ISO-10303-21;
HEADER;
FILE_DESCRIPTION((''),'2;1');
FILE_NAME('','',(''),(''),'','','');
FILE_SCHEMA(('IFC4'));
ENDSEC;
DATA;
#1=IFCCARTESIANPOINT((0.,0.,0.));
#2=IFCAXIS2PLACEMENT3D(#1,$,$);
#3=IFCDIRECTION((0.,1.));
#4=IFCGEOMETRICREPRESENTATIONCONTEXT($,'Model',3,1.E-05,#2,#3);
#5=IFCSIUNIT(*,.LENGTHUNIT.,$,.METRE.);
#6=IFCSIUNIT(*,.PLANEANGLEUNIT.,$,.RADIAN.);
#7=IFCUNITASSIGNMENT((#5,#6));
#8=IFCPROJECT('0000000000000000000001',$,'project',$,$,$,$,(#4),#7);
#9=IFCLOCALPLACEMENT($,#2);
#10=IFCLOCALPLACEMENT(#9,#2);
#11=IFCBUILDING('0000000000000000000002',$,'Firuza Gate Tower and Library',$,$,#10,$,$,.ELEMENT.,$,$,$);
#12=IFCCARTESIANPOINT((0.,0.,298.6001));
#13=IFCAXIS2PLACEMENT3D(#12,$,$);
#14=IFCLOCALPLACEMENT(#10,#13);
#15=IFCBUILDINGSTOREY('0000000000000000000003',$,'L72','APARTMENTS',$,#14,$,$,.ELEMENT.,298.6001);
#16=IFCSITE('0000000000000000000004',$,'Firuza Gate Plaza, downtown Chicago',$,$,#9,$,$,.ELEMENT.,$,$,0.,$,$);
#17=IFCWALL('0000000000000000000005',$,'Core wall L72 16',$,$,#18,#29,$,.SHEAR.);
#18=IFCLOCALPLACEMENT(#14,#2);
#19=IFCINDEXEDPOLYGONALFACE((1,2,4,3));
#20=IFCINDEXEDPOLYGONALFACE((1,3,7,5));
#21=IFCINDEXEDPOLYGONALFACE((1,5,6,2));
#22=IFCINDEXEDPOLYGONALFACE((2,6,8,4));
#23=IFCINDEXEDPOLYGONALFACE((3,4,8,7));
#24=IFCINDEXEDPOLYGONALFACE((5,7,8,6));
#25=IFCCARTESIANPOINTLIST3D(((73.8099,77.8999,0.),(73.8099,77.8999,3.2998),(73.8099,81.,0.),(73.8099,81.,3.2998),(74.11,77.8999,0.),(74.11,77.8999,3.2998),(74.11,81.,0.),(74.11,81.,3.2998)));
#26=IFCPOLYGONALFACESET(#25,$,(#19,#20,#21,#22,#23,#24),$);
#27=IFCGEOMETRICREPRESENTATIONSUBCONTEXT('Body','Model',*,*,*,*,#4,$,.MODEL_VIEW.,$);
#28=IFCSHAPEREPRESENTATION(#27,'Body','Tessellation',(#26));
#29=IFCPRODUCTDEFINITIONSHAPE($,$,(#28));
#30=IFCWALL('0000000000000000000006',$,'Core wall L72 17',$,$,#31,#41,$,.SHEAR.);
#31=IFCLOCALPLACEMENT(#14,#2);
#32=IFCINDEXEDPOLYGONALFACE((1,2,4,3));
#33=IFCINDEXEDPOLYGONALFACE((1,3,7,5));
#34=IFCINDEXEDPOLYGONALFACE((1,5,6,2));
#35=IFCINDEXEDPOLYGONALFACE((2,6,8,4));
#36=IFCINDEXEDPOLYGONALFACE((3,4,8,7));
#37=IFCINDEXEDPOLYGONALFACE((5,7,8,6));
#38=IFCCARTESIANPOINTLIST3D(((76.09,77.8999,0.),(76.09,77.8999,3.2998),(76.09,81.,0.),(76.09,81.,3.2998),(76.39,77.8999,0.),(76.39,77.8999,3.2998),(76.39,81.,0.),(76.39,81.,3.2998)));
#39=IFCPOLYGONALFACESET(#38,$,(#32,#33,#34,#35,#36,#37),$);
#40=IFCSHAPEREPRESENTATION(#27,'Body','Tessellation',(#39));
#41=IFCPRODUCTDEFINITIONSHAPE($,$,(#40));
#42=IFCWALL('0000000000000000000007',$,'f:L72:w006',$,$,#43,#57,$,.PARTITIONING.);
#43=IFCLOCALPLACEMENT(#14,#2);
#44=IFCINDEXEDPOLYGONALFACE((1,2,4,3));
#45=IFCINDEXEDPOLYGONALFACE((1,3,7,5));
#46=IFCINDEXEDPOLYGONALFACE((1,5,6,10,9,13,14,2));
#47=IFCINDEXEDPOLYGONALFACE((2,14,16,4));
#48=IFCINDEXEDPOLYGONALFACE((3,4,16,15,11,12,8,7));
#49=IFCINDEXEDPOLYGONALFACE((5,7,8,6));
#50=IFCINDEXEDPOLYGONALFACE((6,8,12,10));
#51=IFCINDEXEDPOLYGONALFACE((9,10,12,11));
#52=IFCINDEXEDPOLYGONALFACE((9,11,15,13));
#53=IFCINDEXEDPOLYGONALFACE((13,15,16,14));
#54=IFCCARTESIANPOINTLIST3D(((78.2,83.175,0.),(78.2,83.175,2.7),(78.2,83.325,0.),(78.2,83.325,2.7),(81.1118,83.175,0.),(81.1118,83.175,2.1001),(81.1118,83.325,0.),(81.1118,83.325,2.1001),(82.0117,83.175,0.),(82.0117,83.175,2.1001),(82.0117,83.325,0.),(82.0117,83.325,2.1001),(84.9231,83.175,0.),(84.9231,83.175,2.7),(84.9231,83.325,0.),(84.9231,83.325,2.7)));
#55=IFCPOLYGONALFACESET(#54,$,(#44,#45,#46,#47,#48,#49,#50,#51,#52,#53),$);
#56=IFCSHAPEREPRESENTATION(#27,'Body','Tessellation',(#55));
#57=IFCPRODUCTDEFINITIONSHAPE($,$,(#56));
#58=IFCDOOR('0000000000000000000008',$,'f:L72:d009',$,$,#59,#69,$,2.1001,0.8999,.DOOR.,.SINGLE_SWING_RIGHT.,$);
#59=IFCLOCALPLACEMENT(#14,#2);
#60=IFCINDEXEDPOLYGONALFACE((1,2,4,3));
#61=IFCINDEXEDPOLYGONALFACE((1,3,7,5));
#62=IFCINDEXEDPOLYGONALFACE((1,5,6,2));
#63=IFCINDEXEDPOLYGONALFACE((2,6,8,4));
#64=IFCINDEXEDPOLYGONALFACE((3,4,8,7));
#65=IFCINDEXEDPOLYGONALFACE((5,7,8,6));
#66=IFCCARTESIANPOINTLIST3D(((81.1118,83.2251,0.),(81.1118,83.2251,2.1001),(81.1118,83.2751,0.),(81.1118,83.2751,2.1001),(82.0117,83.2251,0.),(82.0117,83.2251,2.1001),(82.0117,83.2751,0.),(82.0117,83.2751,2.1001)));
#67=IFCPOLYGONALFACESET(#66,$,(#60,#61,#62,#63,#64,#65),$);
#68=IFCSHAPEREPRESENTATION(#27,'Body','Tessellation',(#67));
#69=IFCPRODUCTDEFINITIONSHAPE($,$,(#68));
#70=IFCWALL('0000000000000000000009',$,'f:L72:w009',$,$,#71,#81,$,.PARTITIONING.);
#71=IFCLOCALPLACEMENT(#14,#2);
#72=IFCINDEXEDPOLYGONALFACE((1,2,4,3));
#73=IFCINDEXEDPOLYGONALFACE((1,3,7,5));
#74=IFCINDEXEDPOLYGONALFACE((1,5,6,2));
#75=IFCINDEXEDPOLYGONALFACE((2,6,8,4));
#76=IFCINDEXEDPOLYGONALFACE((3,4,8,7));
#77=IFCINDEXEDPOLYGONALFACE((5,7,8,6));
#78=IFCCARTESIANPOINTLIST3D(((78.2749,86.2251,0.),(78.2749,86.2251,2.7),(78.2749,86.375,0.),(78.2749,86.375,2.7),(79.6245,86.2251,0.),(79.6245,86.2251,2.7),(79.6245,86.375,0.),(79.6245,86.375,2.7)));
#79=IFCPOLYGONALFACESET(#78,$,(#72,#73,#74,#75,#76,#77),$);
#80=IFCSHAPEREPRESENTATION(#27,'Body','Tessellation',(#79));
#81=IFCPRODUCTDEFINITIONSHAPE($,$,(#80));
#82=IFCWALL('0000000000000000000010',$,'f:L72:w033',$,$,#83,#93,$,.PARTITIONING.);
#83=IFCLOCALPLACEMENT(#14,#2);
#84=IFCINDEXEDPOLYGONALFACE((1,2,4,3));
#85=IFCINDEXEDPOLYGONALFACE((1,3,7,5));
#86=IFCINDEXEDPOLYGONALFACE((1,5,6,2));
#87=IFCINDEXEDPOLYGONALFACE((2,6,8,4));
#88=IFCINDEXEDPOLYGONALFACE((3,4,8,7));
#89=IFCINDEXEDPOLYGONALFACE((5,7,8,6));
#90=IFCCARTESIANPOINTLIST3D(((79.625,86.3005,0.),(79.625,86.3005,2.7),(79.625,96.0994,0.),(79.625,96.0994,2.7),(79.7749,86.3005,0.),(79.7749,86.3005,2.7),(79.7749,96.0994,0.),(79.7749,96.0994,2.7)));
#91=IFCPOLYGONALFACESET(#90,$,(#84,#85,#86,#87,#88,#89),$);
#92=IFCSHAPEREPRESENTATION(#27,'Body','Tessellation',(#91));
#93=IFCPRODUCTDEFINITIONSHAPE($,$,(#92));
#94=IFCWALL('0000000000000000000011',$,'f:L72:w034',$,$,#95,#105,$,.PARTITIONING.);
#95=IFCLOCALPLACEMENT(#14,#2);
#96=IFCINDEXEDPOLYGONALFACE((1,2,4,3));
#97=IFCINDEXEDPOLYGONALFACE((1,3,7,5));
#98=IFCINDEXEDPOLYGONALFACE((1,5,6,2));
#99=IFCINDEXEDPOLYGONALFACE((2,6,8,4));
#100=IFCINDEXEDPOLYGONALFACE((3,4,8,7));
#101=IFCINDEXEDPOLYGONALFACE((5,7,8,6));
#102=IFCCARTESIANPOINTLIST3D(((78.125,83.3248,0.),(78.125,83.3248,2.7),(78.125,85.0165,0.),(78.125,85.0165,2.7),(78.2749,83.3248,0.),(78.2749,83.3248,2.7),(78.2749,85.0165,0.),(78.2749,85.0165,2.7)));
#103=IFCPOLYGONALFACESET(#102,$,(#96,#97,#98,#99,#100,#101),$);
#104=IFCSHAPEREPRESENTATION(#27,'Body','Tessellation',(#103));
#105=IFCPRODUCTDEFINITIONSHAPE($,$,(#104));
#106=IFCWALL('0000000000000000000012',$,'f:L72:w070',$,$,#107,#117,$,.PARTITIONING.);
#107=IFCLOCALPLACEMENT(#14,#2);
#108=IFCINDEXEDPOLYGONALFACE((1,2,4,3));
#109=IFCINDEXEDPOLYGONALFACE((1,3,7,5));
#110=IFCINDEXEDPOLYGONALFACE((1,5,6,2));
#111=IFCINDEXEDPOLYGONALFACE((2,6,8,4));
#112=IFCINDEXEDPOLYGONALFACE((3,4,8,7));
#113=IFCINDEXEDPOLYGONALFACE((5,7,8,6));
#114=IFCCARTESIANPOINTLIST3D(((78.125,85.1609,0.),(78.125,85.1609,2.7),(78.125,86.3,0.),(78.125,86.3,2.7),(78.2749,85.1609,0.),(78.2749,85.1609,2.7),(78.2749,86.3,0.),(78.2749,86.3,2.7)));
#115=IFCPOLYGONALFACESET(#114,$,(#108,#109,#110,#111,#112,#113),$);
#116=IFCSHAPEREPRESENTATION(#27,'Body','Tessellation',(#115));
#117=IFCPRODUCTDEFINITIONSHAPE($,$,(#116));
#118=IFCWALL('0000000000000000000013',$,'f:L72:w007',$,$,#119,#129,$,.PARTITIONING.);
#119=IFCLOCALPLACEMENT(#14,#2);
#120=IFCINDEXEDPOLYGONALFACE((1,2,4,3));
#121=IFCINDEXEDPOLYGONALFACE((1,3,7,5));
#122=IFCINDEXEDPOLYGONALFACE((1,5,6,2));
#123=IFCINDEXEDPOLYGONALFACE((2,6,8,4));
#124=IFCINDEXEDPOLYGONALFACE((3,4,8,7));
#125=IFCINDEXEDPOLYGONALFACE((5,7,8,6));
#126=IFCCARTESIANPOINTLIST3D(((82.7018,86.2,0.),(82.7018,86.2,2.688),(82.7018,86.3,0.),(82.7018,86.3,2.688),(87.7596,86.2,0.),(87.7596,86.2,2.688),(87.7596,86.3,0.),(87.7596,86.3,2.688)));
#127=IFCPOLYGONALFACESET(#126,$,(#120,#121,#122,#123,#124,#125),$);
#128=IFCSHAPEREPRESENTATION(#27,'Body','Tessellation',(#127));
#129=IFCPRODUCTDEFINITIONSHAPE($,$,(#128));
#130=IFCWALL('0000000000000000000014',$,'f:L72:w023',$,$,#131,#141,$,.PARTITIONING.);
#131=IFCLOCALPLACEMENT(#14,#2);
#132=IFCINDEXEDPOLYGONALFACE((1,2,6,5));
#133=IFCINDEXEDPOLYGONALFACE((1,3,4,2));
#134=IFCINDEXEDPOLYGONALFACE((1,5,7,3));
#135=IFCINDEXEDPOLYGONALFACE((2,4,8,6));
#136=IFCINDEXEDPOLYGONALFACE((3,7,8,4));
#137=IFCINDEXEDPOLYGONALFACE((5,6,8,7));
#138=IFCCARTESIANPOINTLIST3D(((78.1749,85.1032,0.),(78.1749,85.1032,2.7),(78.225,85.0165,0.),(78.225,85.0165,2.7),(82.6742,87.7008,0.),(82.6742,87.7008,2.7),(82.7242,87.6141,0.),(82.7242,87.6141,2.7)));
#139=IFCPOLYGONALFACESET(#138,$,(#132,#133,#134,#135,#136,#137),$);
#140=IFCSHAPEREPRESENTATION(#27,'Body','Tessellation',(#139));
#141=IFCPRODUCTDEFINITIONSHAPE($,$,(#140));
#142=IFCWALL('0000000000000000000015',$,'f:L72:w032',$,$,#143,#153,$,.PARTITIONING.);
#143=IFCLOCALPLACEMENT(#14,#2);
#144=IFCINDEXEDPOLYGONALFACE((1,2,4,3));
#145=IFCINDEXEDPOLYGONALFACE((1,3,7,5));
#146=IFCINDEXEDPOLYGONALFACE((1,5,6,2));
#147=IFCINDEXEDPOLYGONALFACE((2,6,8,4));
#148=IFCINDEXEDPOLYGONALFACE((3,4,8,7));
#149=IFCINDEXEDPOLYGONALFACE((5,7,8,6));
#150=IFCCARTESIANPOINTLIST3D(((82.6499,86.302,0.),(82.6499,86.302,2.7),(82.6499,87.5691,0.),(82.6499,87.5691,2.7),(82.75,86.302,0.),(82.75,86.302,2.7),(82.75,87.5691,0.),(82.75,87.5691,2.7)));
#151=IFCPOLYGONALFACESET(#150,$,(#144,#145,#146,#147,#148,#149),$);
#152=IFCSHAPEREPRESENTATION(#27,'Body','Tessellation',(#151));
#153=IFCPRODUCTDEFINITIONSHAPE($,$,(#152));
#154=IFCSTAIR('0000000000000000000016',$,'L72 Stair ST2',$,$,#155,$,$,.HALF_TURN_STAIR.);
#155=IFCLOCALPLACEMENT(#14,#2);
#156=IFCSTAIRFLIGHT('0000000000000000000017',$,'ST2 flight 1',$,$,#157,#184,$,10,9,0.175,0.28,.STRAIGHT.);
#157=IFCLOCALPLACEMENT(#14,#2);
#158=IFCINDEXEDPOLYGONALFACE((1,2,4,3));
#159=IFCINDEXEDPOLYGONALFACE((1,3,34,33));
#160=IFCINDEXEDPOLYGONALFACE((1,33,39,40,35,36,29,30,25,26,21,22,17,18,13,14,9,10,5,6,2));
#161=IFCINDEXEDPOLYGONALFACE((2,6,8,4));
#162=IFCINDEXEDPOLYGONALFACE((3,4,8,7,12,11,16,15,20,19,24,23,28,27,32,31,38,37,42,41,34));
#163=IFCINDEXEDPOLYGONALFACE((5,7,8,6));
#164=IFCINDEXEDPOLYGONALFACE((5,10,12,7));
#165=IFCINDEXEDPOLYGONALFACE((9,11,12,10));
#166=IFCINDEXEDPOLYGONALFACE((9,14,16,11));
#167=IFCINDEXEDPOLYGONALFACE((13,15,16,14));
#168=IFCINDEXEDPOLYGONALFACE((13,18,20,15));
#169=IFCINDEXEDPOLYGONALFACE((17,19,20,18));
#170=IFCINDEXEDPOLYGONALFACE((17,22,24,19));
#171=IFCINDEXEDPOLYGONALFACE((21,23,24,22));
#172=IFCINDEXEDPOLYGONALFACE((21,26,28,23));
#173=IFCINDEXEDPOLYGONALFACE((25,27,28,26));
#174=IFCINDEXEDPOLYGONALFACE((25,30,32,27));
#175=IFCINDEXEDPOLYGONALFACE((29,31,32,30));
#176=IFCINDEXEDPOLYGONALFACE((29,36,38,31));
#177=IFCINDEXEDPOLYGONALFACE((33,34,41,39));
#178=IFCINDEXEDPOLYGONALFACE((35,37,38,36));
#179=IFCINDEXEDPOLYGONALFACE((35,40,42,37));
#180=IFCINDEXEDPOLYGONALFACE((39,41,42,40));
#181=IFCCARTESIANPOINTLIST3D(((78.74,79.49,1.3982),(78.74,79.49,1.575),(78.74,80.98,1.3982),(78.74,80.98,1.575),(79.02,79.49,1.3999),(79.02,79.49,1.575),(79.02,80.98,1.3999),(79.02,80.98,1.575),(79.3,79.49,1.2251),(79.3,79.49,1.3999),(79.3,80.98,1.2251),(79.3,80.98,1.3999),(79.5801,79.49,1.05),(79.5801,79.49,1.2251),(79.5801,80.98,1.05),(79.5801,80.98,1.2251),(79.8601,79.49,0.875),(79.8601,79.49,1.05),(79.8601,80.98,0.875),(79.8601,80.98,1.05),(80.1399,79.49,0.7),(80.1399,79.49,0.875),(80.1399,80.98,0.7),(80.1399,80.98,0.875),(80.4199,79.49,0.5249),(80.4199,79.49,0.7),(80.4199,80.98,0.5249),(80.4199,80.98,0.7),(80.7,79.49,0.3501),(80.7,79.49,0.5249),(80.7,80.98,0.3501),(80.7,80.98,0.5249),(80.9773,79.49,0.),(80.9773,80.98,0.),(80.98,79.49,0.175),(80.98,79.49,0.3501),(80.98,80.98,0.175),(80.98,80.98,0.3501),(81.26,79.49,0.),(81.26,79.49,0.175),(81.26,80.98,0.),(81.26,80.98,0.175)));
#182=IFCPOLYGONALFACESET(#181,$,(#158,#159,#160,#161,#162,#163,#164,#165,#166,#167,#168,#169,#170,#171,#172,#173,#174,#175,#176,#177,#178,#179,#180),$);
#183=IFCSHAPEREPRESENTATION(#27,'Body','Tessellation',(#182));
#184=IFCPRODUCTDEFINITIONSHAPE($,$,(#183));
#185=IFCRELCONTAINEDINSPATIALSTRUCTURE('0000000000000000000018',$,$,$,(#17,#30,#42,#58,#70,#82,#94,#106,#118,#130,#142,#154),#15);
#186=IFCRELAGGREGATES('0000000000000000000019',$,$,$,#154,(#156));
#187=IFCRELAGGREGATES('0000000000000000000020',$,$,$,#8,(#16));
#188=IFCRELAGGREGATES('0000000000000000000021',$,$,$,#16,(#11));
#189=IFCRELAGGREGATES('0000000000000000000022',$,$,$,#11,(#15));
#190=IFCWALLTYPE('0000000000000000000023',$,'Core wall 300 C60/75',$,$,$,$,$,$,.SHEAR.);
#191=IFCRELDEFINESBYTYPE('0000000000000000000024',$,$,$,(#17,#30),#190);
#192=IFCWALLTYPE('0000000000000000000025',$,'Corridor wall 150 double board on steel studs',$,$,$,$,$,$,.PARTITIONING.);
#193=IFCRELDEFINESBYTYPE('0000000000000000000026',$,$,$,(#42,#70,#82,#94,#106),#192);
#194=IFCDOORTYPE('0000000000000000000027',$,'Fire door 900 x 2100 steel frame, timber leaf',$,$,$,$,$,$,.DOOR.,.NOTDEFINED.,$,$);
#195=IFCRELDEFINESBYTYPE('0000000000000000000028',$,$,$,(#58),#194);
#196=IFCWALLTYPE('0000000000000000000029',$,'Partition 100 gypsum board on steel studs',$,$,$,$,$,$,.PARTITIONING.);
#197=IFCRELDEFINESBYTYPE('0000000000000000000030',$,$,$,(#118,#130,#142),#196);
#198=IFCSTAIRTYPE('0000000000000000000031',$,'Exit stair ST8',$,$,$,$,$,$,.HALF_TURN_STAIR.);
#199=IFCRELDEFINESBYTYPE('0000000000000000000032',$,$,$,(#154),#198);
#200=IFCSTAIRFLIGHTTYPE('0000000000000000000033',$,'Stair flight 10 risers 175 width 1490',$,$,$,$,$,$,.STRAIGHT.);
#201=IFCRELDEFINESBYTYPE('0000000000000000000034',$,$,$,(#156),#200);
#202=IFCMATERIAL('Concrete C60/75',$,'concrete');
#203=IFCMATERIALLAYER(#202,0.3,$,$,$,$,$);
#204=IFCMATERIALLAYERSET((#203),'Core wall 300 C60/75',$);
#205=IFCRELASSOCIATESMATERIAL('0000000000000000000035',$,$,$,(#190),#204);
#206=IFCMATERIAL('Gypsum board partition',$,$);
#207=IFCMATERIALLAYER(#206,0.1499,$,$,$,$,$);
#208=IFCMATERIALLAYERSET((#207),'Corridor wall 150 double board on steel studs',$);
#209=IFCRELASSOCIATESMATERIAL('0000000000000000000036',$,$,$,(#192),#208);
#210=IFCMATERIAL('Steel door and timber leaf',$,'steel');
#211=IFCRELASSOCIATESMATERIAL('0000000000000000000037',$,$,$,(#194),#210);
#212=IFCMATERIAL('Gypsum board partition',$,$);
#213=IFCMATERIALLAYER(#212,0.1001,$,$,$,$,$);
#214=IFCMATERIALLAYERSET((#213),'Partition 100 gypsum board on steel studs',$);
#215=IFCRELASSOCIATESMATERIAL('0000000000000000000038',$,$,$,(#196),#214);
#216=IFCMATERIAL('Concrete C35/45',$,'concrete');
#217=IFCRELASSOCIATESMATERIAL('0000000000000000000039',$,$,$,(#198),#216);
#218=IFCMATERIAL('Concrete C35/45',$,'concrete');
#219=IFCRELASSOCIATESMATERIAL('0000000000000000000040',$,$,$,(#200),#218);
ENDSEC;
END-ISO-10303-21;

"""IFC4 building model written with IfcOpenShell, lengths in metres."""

from ifc_helpers import new_model, si_unit, direction, frame, frame_2d, origin, place, context, subcontext, project, spatial, polyline, rectangle, outline, extrude, material, layer, layer_set, type_object, element, fill, aggregate, save


model = new_model("IFC4")

# Units and contexts
model_context = context("Model", 3, precision=1e-05, world=origin(), true_north=direction((0.0, 1.0)))
body_context = subcontext(model_context, "Body", "Model", "MODEL_VIEW")
ifc_project = project(units=[si_unit("LENGTHUNIT", "METRE"), si_unit("PLANEANGLEUNIT", "RADIAN")], contexts=[model_context])

# Site, building, storey
site_placement = place(None, origin())
site = spatial("IfcSite", under=ifc_project, at=site_placement, Name="Firuza Gate Plaza, downtown Chicago", CompositionType="ELEMENT", RefElevation=0.0)
building_placement = place(site_placement, origin())
building = spatial("IfcBuilding", under=site, at=building_placement, Name="Firuza Gate Tower and Library", CompositionType="ELEMENT")
storey_placement = place(building_placement, frame((0.0, 0.0, 298.6001)))
storey = spatial("IfcBuildingStorey", under=building, at=storey_placement, Name="L72", Description="APARTMENTS", CompositionType="ELEMENT", Elevation=298.6001)

# Shared definitions
placement = place(storey_placement, origin())

# Walls
ifc_material_1 = material(Name="Concrete C60/75", Category="concrete")
ifc_layer_1 = layer(ifc_material_1, 0.3)
ifc_layer_set_1 = layer_set([ifc_layer_1], Name="Core wall 300 C60/75")
wall_type_1 = type_object("IfcWallType", Name="Core wall 300 C60/75", PredefinedType="SHEAR", material=ifc_layer_set_1)
for number, where, z_axis, x_axis, name in (
    (1, (73.96, 77.8999, 0.0), (0.0, 0.0, 1.0), (0.0, 1.0, 0.0), "Core wall L72 16"),
    (2, (76.24, 77.8999, 0.0), (0.0, 0.0, 1.0), (0.0, 1.0, 0.0), "Core wall L72 17"),
):
    element("IfcWall", number, at=place(storey_placement, frame(where, z_axis=z_axis, x_axis=x_axis)), inside=storey, type_object=wall_type_1, Name=name, PredefinedType="SHEAR", context=body_context, shape_type="SweptSolid", body=[
        extrude(rectangle(XDim=3.1001, YDim=0.3, at=frame_2d((1.55, 0.0))), origin(), (0.0, 0.0, 1.0), 3.2998),
    ])

# Wall, opening, door
ifc_material_2 = material(Name="Gypsum board partition")
ifc_layer_2 = layer(ifc_material_2, 0.1499)
ifc_layer_set_2 = layer_set([ifc_layer_2], Name="Corridor wall 150 double board on steel studs")
wall_type_2 = type_object("IfcWallType", Name="Corridor wall 150 double board on steel studs", PredefinedType="PARTITIONING", material=ifc_layer_set_2)
wall_1_placement = place(storey_placement, frame((84.9231, 83.25, 0.0), z_axis=(0.0, 0.0, 1.0), x_axis=(-1.0, 0.0, 0.0)))
wall_1 = element("IfcWall", 3, at=wall_1_placement, inside=storey, type_object=wall_type_2, Name="f:L72:w006", PredefinedType="PARTITIONING", context=body_context, shape_type="SweptSolid", body=[
    extrude(rectangle(XDim=6.7231, YDim=0.1499, at=frame_2d((3.3616, 0.0))), origin(), (0.0, 0.0, 1.0), 2.7),
])
opening_1_placement = place(wall_1_placement, frame((2.9114, 0.0, 0.0)))
opening_1 = element("IfcOpeningElement", 4, at=opening_1_placement, cuts=wall_1, PredefinedType="OPENING", context=body_context, shape_type="SweptSolid", body=[
    extrude(rectangle(XDim=0.8999, YDim=2.1001, at=frame_2d((0.45, 1.05))), frame((0.0, 0.085, 0.0), z_axis=(0.0, -1.0, 0.0), x_axis=(1.0, 0.0, 0.0)), (0.0, 0.0, 1.0), 0.1699),
])
ifc_material_3 = material(Name="Steel door and timber leaf", Category="steel")
door_type_1 = type_object("IfcDoorType", Name="Fire door 900 x 2100 steel frame, timber leaf", OperationType="NOTDEFINED", PredefinedType="DOOR", material=ifc_material_3)
door_1_placement = place(opening_1_placement, origin())
door_1 = element("IfcDoor", 5, at=door_1_placement, inside=storey, type_object=door_type_1, Name="f:L72:d009", OperationType="SINGLE_SWING_RIGHT", OverallHeight=2.1001, OverallWidth=0.8999, PredefinedType="DOOR", context=body_context, shape_type="SweptSolid", body=[
    extrude(rectangle(XDim=0.8999, YDim=2.1001, at=frame_2d((0.45, 1.05))), frame((0.0, 0.0249, 0.0), z_axis=(0.0, -1.0, 0.0), x_axis=(1.0, 0.0, 0.0)), (0.0, 0.0, 1.0), 0.05),
])
fill(opening_1, door_1)

# Walls
wall_2_placement = place(storey_placement, frame((78.2749, 86.3, 0.0), z_axis=(0.0, 0.0, 1.0), x_axis=(1.0, 0.0, 0.0)))
element("IfcWall", 6, at=wall_2_placement, inside=storey, type_object=wall_type_2, Name="f:L72:w009", PredefinedType="PARTITIONING", context=body_context, shape_type="SweptSolid", body=[
    extrude(rectangle(XDim=1.3496, YDim=0.1499, at=frame_2d((0.6748, 0.0))), origin(), (0.0, 0.0, 1.0), 2.7),
])
wall_3_placement = place(storey_placement, frame((79.7, 86.3005, 0.0), z_axis=(0.0, 0.0, 1.0), x_axis=(0.0, 1.0, 0.0)))
element("IfcWall", 7, at=wall_3_placement, inside=storey, type_object=wall_type_2, Name="f:L72:w033", PredefinedType="PARTITIONING", context=body_context, shape_type="SweptSolid", body=[
    extrude(rectangle(XDim=9.7988, YDim=0.1499, at=frame_2d((4.8994, 0.0))), origin(), (0.0, 0.0, 1.0), 2.7),
])
wall_4_placement = place(storey_placement, frame((78.2, 83.325, 0.0), z_axis=(0.0, 0.0, 1.0), x_axis=(0.0, 1.0, 0.0)))
element("IfcWall", 8, at=wall_4_placement, inside=storey, type_object=wall_type_2, Name="f:L72:w034", PredefinedType="PARTITIONING", context=body_context, shape_type="SweptSolid", body=[
    extrude(rectangle(XDim=1.6917, YDim=0.1499, at=frame_2d((0.8457, 0.0))), origin(), (0.0, 0.0, 1.0), 2.7),
])
wall_5_placement = place(storey_placement, frame((78.2, 85.1609, 0.0), z_axis=(0.0, 0.0, 1.0), x_axis=(0.0, 1.0, 0.0)))
element("IfcWall", 9, at=wall_5_placement, inside=storey, type_object=wall_type_2, Name="f:L72:w070", PredefinedType="PARTITIONING", context=body_context, shape_type="SweptSolid", body=[
    extrude(rectangle(XDim=1.1392, YDim=0.1499, at=frame_2d((0.5696, 0.0))), origin(), (0.0, 0.0, 1.0), 2.7),
])
ifc_material_4 = material(Name="Gypsum board partition")
ifc_layer_3 = layer(ifc_material_4, 0.1001)
ifc_layer_set_3 = layer_set([ifc_layer_3], Name="Partition 100 gypsum board on steel studs")
wall_type_3 = type_object("IfcWallType", Name="Partition 100 gypsum board on steel studs", PredefinedType="PARTITIONING", material=ifc_layer_set_3)
wall_6_placement = place(storey_placement, frame((82.7019, 86.25, 0.0), z_axis=(0.0, 0.0, 1.0), x_axis=(1.0, 0.0, 0.0)))
element("IfcWall", 10, at=wall_6_placement, inside=storey, type_object=wall_type_3, Name="f:L72:w007", PredefinedType="PARTITIONING", context=body_context, shape_type="SweptSolid", body=[
    extrude(rectangle(XDim=5.0579, YDim=0.1001, at=frame_2d((2.5288, 0.0))), origin(), (0.0, 0.0, 1.0), 2.688),
])
wall_7_placement = place(storey_placement, frame((78.2, 85.0598, 0.0), z_axis=(0.0, 0.0, 1.0), x_axis=(0.866025, 0.5, 0.0)))
element("IfcWall", 11, at=wall_7_placement, inside=storey, type_object=wall_type_3, Name="f:L72:w023", PredefinedType="PARTITIONING", context=body_context, shape_type="SweptSolid", body=[
    extrude(rectangle(XDim=5.1953, YDim=0.1001, at=frame_2d((2.5977, 0.0))), origin(), (0.0, 0.0, 1.0), 2.7),
])
wall_8_placement = place(storey_placement, frame((82.7, 86.302, 0.0), z_axis=(0.0, 0.0, 1.0), x_axis=(0.0, 1.0, 0.0)))
element("IfcWall", 12, at=wall_8_placement, inside=storey, type_object=wall_type_3, Name="f:L72:w032", PredefinedType="PARTITIONING", context=body_context, shape_type="SweptSolid", body=[
    extrude(rectangle(XDim=1.2671, YDim=0.1001, at=frame_2d((0.6335, 0.0))), origin(), (0.0, 0.0, 1.0), 2.7),
])

# Stair, stair flight
ifc_material_5 = material(Name="Concrete C35/45", Category="concrete")
stair_type = type_object("IfcStairType", Name="Exit stair ST8", PredefinedType="HALF_TURN_STAIR", material=ifc_material_5)
stair = element("IfcStair", 13, at=placement, inside=storey, type_object=stair_type, Name="L72 Stair ST2", PredefinedType="HALF_TURN_STAIR")
ifc_material_6 = material(Name="Concrete C35/45", Category="concrete")
stair_flight_type = type_object("IfcStairFlightType", Name="Stair flight 10 risers 175 width 1490", PredefinedType="STRAIGHT", material=ifc_material_6)
stair_flight_1_placement = place(storey_placement, frame((81.26, 80.2351, 0.0), z_axis=(0.0, 0.0, 1.0), x_axis=(-1.0, 0.0, 0.0)))
stair_flight_1 = element("IfcStairFlight", 14, at=stair_flight_1_placement, type_object=stair_flight_type, Name="ST2 flight 1", NumberOfRisers=10, NumberOfTreads=9, PredefinedType="STRAIGHT", RiserHeight=0.175, TreadLength=0.28, context=body_context, shape_type="SweptSolid", body=[
    extrude(outline(polyline([(0.0, 0.0), (0.0, 0.175), (0.28, 0.175), (0.28, 0.3501), (0.5601, 0.3501), (0.5601, 0.5249), (0.8401, 0.5249), (0.8401, 0.7), (1.1201, 0.7), (1.1201, 0.875), (1.3999, 0.875), (1.3999, 1.05), (1.6799, 1.05), (1.6799, 1.2251), (1.96, 1.2251), (1.96, 1.3999), (2.24, 1.3999), (2.24, 1.575), (2.52, 1.575), (2.52, 1.75), (2.52, 1.3982), (0.2827, 0.0), (0.0, 0.0)])), frame((0.0, 0.7451, 0.0), z_axis=(0.0, -1.0, 0.0), x_axis=(1.0, 0.0, 0.0)), (0.0, 0.0, 1.0), 1.49),
])
aggregate(stair, [stair_flight_1])

save(model, "model.ifc")
